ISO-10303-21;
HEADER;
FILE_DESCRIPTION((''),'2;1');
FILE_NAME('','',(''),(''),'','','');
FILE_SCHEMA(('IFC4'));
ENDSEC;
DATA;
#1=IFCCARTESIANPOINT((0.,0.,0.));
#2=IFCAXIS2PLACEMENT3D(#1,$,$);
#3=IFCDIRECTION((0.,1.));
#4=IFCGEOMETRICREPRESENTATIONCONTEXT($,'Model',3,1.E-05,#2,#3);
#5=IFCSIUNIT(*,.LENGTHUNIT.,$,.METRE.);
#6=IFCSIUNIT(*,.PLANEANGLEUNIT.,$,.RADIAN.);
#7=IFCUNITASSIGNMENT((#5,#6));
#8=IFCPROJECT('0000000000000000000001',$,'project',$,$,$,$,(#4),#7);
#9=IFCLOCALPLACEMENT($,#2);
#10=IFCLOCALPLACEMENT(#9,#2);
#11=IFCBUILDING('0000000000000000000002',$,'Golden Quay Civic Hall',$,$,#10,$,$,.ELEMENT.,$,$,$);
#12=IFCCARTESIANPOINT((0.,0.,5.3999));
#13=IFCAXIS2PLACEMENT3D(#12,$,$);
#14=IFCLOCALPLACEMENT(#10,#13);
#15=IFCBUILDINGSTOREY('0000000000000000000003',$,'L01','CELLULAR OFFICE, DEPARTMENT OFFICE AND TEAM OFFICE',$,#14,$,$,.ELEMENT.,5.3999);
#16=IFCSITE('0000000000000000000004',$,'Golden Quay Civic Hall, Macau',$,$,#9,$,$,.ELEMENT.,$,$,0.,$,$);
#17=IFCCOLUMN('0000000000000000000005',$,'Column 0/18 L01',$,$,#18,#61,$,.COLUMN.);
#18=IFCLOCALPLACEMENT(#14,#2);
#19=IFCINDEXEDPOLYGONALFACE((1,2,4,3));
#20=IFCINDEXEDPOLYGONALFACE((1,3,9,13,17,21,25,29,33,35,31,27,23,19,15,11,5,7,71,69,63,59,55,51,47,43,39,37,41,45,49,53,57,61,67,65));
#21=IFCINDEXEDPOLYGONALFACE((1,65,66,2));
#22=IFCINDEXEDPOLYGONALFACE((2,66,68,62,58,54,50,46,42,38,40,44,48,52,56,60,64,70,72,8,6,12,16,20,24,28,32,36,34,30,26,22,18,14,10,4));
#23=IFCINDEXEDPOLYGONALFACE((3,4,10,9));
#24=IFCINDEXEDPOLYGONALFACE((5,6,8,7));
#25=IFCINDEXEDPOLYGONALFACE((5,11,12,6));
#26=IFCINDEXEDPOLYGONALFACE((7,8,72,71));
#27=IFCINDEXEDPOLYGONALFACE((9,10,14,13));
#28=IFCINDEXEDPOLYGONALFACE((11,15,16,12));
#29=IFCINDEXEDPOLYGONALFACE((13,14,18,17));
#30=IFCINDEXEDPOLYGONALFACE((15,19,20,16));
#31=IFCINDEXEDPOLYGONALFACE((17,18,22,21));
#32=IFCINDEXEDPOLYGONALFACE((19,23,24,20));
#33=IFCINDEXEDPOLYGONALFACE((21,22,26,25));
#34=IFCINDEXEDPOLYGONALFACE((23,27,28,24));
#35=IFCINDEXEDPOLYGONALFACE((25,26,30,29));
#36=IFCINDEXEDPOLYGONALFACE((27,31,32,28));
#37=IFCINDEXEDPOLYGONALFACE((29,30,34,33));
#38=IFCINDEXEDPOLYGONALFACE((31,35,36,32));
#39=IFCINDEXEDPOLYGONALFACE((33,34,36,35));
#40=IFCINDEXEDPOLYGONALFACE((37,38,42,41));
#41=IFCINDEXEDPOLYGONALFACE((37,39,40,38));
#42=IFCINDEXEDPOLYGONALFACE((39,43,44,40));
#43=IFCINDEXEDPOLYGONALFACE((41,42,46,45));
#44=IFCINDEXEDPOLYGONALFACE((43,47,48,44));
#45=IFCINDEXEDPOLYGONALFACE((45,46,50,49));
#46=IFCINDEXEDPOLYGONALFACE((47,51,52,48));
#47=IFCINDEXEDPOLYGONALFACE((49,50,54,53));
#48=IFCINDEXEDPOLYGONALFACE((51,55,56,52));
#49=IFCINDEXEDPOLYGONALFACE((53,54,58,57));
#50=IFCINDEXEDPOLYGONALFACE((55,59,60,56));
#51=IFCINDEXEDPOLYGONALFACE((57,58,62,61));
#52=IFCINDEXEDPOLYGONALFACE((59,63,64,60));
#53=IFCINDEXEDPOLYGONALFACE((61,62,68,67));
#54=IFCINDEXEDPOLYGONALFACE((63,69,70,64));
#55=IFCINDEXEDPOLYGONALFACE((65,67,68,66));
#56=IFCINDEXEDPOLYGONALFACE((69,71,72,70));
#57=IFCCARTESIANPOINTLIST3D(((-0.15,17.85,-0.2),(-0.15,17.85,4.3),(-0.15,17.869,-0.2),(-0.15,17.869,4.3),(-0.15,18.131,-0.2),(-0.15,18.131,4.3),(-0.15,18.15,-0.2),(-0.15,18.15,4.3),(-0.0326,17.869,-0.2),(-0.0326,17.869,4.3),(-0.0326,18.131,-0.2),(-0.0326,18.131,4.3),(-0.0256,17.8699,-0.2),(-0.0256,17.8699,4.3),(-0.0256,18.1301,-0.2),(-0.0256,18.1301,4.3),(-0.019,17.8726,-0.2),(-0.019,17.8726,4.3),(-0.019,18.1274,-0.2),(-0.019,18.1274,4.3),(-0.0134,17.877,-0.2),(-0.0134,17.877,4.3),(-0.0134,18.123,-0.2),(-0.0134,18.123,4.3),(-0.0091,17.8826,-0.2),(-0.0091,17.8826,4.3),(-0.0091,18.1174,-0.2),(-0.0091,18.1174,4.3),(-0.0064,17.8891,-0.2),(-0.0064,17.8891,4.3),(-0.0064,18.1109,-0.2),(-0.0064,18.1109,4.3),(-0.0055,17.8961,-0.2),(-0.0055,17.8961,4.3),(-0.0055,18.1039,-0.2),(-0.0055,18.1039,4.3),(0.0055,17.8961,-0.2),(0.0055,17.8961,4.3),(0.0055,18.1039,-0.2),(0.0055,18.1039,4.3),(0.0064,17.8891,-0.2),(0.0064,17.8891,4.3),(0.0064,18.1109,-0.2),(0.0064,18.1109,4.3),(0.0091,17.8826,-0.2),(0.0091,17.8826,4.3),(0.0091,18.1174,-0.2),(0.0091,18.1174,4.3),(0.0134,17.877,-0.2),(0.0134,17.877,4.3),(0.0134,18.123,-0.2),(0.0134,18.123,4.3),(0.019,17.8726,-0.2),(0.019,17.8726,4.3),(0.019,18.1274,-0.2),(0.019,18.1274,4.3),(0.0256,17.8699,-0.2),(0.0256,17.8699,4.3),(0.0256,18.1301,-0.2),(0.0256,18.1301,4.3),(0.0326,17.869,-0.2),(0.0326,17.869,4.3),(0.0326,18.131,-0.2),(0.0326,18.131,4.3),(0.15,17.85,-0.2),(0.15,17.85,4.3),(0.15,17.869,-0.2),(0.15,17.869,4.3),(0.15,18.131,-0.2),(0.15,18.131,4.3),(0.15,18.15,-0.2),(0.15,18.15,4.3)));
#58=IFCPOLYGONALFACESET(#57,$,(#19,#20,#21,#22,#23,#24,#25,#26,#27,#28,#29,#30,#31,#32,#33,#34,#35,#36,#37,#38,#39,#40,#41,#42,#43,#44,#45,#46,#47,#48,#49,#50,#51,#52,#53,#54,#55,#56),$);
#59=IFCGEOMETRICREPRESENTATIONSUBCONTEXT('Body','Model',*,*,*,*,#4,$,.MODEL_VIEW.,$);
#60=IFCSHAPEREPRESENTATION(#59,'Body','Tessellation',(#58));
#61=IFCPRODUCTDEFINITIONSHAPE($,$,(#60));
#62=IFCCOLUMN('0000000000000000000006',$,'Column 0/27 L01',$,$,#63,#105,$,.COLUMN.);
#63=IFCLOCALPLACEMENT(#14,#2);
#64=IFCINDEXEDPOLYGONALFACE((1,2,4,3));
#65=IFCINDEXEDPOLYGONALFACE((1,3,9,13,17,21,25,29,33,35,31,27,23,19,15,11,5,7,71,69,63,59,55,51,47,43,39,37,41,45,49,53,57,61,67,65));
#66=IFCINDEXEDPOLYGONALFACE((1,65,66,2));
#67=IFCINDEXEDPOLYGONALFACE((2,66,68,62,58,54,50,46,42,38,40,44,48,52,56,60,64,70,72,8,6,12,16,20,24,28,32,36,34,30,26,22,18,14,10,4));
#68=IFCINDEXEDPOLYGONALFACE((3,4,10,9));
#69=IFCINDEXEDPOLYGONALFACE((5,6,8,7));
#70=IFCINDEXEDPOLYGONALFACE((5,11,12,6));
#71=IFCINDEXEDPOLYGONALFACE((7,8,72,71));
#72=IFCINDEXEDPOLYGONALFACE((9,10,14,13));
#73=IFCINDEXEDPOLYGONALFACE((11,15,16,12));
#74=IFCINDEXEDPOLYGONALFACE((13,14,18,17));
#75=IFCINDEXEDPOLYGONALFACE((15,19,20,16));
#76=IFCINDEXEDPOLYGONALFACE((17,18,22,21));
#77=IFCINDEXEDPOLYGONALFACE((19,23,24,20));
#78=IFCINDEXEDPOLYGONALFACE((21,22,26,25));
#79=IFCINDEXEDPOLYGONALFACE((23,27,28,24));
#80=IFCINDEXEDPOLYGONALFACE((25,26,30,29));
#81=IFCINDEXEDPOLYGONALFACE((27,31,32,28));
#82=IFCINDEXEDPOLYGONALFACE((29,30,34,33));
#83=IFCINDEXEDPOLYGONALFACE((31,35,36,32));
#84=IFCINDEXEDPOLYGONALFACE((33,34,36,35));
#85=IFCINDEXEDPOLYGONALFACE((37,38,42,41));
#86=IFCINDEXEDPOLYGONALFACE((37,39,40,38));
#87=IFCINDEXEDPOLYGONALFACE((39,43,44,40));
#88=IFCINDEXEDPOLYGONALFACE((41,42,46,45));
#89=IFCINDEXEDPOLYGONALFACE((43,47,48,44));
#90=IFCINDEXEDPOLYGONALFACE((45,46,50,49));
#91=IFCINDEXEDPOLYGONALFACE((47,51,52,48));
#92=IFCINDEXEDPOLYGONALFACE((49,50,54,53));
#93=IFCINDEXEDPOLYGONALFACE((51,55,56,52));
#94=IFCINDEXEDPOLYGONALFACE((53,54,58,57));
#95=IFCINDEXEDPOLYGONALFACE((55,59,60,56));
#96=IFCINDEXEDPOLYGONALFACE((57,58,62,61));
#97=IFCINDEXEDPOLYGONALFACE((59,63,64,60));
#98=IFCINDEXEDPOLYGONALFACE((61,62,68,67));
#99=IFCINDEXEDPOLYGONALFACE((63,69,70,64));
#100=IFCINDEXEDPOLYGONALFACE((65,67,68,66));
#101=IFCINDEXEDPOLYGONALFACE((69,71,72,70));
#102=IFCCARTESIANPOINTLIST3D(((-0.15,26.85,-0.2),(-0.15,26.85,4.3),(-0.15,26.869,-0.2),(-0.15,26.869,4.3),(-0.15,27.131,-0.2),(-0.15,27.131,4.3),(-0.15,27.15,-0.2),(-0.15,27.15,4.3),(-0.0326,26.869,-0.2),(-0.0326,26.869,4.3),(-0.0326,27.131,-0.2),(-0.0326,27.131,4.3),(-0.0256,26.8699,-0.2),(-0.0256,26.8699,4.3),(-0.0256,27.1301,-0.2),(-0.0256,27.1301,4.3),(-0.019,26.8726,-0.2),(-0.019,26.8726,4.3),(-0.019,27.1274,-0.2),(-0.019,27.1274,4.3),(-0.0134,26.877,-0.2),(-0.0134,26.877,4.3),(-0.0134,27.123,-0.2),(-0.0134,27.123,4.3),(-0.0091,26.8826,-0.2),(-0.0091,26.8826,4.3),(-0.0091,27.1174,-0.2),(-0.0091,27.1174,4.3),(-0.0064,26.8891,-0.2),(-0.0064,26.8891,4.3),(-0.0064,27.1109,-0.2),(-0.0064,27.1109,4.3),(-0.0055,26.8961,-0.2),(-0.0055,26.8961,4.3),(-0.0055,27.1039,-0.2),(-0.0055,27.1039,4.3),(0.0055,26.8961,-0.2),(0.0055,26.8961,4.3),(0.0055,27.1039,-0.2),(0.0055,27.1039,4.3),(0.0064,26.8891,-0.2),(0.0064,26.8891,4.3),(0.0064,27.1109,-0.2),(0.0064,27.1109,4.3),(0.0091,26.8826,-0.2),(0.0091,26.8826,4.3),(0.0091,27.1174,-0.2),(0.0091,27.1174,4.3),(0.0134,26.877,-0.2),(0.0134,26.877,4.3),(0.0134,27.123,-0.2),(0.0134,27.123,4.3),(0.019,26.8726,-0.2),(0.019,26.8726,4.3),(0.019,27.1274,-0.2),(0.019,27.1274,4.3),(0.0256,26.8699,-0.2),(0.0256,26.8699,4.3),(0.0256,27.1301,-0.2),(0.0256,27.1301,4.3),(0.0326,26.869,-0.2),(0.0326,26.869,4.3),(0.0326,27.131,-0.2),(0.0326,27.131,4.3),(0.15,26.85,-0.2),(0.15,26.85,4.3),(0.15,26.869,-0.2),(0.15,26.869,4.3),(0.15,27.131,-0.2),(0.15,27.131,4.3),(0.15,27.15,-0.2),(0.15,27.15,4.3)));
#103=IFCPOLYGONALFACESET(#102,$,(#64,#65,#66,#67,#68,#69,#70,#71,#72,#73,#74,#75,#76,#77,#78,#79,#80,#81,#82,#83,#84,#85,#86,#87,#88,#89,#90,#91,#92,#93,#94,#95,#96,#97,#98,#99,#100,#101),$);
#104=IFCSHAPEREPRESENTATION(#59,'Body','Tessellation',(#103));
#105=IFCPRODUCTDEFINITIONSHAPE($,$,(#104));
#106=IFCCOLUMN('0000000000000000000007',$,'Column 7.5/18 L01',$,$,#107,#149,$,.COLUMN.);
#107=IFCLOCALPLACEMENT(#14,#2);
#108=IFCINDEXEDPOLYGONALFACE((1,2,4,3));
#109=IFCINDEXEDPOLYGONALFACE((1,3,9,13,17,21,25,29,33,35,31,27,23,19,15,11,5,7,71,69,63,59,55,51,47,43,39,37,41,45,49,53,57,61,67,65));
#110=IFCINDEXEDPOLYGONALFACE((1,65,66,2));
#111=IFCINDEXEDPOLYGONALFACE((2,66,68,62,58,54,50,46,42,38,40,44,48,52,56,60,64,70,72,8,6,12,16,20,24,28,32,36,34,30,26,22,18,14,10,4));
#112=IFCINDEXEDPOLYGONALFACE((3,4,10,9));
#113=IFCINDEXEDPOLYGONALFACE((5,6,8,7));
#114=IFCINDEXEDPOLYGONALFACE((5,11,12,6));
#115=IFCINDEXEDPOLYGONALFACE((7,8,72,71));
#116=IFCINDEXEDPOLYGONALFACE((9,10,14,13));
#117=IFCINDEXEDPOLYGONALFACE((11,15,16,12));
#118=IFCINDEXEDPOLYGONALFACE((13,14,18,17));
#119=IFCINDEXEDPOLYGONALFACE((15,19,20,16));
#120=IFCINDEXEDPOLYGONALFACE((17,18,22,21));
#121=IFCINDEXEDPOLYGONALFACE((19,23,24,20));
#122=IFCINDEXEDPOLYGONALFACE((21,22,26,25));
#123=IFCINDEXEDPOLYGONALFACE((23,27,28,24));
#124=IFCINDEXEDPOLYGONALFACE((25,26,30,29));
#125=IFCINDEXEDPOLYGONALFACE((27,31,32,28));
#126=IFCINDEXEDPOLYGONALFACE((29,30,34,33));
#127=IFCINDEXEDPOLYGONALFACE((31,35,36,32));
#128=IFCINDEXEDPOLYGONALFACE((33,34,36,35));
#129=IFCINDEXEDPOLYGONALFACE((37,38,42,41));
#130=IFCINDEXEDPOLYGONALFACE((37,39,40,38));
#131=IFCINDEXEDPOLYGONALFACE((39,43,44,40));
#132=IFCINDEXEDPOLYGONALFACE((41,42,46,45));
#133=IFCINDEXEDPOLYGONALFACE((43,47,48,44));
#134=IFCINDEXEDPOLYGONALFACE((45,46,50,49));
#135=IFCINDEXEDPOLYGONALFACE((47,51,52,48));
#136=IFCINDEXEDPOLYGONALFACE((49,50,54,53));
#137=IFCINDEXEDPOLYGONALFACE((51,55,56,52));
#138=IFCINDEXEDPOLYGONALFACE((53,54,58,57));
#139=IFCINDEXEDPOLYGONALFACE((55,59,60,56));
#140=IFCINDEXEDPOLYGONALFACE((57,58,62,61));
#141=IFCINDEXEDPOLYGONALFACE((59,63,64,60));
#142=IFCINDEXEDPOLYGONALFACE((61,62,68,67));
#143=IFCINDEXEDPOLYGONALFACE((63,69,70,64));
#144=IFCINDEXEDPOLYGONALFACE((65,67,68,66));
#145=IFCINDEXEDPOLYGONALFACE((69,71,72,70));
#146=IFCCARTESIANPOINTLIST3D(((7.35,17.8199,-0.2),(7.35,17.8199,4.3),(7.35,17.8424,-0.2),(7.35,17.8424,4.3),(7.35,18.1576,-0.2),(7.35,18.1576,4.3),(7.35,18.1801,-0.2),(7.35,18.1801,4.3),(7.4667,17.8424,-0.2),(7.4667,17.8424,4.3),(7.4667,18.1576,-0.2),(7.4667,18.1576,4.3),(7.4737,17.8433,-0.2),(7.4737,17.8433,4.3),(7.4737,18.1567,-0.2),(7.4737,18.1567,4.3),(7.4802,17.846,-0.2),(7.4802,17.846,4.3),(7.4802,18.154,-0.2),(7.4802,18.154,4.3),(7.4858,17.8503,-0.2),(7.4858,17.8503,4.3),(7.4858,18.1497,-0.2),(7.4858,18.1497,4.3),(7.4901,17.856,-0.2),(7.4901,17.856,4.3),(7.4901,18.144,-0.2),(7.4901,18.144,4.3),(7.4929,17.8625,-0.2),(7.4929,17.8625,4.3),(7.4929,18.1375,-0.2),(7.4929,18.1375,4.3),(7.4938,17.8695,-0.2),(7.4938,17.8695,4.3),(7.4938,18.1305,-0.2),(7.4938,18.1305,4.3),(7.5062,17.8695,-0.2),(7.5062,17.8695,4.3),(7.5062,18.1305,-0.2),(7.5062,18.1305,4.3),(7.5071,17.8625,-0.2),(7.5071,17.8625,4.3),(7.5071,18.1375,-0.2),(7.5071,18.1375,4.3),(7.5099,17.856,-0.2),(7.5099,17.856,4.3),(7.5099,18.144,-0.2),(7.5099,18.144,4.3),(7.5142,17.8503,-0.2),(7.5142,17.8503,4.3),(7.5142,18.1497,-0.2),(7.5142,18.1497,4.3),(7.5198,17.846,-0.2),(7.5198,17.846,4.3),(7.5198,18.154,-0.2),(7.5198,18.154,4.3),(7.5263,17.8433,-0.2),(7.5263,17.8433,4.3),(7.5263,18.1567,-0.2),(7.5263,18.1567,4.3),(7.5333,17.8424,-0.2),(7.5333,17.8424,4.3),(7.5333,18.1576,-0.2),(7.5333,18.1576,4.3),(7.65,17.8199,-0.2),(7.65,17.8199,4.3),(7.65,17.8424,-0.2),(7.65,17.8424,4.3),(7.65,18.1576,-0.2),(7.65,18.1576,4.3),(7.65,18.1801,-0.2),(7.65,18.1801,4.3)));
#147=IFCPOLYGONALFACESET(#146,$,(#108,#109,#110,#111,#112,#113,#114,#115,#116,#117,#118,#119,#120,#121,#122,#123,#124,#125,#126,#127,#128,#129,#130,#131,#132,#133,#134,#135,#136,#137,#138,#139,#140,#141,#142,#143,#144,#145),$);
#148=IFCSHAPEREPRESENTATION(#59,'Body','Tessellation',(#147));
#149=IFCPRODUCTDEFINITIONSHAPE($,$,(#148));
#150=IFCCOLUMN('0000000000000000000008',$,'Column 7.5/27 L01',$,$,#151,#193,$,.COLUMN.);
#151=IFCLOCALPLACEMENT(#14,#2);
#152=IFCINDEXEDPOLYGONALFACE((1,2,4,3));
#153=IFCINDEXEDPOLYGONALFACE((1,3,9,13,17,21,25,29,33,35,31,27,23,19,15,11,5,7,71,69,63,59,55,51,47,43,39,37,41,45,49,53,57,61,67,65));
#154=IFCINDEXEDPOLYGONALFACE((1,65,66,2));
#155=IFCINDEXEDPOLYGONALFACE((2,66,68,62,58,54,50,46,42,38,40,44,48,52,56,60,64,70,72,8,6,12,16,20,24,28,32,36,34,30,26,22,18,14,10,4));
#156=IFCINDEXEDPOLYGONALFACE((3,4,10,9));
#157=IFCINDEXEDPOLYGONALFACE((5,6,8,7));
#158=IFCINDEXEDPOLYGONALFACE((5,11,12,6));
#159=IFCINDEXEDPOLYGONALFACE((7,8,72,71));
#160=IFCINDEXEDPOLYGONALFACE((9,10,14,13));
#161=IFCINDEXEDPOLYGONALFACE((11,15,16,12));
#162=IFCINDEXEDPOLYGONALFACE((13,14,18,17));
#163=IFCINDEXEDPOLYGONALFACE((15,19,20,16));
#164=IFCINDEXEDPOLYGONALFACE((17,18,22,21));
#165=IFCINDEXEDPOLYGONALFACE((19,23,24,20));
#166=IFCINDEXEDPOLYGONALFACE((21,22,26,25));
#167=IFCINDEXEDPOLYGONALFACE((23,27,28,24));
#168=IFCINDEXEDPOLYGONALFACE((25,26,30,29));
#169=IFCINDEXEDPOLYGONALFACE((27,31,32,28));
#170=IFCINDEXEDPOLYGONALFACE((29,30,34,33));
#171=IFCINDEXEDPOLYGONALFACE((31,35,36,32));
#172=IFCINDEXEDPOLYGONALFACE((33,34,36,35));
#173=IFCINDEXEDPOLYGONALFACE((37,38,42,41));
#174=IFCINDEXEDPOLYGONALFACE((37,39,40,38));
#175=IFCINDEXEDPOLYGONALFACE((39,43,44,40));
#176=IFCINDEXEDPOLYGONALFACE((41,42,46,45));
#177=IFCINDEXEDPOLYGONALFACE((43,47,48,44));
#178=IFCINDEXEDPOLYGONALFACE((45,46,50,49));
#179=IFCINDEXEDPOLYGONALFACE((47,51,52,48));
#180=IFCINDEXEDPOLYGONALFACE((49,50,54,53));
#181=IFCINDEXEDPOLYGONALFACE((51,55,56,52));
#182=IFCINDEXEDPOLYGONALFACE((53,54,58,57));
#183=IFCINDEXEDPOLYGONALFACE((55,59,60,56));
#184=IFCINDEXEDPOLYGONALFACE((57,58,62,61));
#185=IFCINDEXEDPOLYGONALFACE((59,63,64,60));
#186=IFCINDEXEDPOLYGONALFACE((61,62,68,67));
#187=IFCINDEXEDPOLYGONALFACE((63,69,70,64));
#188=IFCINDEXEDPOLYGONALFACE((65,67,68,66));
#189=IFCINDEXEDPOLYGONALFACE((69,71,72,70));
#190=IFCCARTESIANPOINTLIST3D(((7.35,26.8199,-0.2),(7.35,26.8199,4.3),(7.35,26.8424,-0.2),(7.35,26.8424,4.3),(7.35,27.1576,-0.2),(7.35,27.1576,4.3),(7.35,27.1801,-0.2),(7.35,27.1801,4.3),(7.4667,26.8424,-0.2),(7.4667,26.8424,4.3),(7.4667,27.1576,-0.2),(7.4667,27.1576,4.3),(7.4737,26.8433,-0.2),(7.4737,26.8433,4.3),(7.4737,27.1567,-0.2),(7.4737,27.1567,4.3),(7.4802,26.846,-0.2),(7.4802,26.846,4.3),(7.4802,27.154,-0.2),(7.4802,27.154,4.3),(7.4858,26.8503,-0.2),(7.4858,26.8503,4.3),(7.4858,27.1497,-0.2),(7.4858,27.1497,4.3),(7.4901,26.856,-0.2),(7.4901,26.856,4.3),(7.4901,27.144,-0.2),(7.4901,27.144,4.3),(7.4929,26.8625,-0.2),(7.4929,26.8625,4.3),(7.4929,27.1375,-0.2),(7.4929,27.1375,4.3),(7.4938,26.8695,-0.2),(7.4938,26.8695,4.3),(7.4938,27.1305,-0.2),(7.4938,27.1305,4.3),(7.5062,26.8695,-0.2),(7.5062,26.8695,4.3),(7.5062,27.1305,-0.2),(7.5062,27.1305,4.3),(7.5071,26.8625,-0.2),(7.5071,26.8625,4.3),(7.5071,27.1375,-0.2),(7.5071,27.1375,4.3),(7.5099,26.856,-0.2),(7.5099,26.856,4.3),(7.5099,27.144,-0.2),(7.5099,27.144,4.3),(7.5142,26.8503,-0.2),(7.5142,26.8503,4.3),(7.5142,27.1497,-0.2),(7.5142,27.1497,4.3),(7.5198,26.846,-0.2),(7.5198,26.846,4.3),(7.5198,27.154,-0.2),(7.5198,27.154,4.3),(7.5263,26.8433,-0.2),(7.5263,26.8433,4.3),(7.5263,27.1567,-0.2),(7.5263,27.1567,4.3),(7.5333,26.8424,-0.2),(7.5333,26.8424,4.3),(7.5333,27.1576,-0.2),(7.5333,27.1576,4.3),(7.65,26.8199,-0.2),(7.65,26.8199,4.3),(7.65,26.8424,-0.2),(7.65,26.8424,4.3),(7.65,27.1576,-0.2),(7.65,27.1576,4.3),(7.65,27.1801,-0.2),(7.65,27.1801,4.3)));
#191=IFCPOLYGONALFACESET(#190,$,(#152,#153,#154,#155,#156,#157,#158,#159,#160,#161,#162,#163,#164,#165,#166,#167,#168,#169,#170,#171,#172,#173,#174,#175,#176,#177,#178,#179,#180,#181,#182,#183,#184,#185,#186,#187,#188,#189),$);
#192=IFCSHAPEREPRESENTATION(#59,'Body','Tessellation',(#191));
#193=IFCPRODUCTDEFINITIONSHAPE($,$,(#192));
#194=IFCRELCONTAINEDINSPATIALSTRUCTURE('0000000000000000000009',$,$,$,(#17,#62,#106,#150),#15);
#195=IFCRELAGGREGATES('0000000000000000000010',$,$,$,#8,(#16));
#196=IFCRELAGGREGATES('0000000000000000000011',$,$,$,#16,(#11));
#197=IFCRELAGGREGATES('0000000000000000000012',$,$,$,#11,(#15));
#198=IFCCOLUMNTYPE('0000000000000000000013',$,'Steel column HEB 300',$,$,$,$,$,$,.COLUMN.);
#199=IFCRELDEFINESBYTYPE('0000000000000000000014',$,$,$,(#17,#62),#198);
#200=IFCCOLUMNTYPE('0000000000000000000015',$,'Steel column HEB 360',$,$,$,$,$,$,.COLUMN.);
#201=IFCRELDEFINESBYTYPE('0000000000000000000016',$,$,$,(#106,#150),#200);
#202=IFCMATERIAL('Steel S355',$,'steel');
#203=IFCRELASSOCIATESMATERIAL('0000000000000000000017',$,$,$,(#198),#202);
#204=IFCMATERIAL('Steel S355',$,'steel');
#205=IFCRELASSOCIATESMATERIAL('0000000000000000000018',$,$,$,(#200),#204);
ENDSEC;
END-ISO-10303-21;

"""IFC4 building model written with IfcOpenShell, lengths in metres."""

from ifc_helpers import new_model, si_unit, direction, frame, origin, origin_2d, place, context, subcontext, project, spatial, i_section, extrude, material, material_profile, profile_set, type_object, element, save


model = new_model("IFC4")

# Units and contexts
model_context = context("Model", 3, precision=1e-05, world=origin(), true_north=direction((0.0, 1.0)))
body_context = subcontext(model_context, "Body", "Model", "MODEL_VIEW")
ifc_project = project(units=[si_unit("LENGTHUNIT", "METRE"), si_unit("PLANEANGLEUNIT", "RADIAN")], contexts=[model_context])

# Site, building, storey
site_placement = place(None, origin())
site = spatial("IfcSite", under=ifc_project, at=site_placement, Name="Golden Quay Civic Hall, Macau", CompositionType="ELEMENT", RefElevation=0.0)
building_placement = place(site_placement, origin())
building = spatial("IfcBuilding", under=site, at=building_placement, Name="Golden Quay Civic Hall", CompositionType="ELEMENT")
storey_placement = place(building_placement, frame((0.0, 0.0, 5.3999)))
storey = spatial("IfcBuildingStorey", under=building, at=storey_placement, Name="L01", Description="CELLULAR OFFICE, DEPARTMENT OFFICE AND TEAM OFFICE", CompositionType="ELEMENT", Elevation=5.3999)

# Columns
ifc_material_1 = material(Name="Steel S355", Category="steel")
ifc_material_profile_1 = material_profile(ifc_material_1, i_section(OverallWidth=0.3, OverallDepth=0.3, WebThickness=0.011, FlangeThickness=0.019, FilletRadius=0.0271, at=origin_2d()), Name="HEB 300")
ifc_profile_set_1 = profile_set([ifc_material_profile_1], Name="Steel S355")
column_type_1 = type_object("IfcColumnType", Name="Steel column HEB 300", PredefinedType="COLUMN", material=ifc_profile_set_1)
for number, where, z_axis, x_axis, name in (
    (1, (0.0, 18.0, -0.2), (0.0, 0.0, 1.0), (1.0, 0.0, 0.0), "Column 0/18 L01"),
    (2, (0.0, 27.0, -0.2), (0.0, 0.0, 1.0), (1.0, 0.0, 0.0), "Column 0/27 L01"),
):
    element("IfcColumn", number, at=place(storey_placement, frame(where, z_axis=z_axis, x_axis=x_axis)), inside=storey, type_object=column_type_1, Name=name, PredefinedType="COLUMN", context=body_context, shape_type="SweptSolid", body=[
        extrude(i_section(OverallWidth=0.3, OverallDepth=0.3, WebThickness=0.011, FlangeThickness=0.019, FilletRadius=0.0271, at=origin_2d()), origin(), (0.0, 0.0, 1.0), 4.5),
    ])
ifc_material_2 = material(Name="Steel S355", Category="steel")
ifc_material_profile_2 = material_profile(ifc_material_2, i_section(OverallWidth=0.3, OverallDepth=0.3601, WebThickness=0.0125, FlangeThickness=0.0225, FilletRadius=0.0271, at=origin_2d()), Name="HEB 360")
ifc_profile_set_2 = profile_set([ifc_material_profile_2], Name="Steel S355")
column_type_2 = type_object("IfcColumnType", Name="Steel column HEB 360", PredefinedType="COLUMN", material=ifc_profile_set_2)
for number, where, z_axis, x_axis, name in (
    (3, (7.5, 18.0, -0.2), (0.0, 0.0, 1.0), (1.0, 0.0, 0.0), "Column 7.5/18 L01"),
    (4, (7.5, 27.0, -0.2), (0.0, 0.0, 1.0), (1.0, 0.0, 0.0), "Column 7.5/27 L01"),
):
    element("IfcColumn", number, at=place(storey_placement, frame(where, z_axis=z_axis, x_axis=x_axis)), inside=storey, type_object=column_type_2, Name=name, PredefinedType="COLUMN", context=body_context, shape_type="SweptSolid", body=[
        extrude(i_section(OverallWidth=0.3, OverallDepth=0.3601, WebThickness=0.0125, FlangeThickness=0.0225, FilletRadius=0.0271, at=origin_2d()), origin(), (0.0, 0.0, 1.0), 4.5),
    ])

save(model, "model.ifc")
